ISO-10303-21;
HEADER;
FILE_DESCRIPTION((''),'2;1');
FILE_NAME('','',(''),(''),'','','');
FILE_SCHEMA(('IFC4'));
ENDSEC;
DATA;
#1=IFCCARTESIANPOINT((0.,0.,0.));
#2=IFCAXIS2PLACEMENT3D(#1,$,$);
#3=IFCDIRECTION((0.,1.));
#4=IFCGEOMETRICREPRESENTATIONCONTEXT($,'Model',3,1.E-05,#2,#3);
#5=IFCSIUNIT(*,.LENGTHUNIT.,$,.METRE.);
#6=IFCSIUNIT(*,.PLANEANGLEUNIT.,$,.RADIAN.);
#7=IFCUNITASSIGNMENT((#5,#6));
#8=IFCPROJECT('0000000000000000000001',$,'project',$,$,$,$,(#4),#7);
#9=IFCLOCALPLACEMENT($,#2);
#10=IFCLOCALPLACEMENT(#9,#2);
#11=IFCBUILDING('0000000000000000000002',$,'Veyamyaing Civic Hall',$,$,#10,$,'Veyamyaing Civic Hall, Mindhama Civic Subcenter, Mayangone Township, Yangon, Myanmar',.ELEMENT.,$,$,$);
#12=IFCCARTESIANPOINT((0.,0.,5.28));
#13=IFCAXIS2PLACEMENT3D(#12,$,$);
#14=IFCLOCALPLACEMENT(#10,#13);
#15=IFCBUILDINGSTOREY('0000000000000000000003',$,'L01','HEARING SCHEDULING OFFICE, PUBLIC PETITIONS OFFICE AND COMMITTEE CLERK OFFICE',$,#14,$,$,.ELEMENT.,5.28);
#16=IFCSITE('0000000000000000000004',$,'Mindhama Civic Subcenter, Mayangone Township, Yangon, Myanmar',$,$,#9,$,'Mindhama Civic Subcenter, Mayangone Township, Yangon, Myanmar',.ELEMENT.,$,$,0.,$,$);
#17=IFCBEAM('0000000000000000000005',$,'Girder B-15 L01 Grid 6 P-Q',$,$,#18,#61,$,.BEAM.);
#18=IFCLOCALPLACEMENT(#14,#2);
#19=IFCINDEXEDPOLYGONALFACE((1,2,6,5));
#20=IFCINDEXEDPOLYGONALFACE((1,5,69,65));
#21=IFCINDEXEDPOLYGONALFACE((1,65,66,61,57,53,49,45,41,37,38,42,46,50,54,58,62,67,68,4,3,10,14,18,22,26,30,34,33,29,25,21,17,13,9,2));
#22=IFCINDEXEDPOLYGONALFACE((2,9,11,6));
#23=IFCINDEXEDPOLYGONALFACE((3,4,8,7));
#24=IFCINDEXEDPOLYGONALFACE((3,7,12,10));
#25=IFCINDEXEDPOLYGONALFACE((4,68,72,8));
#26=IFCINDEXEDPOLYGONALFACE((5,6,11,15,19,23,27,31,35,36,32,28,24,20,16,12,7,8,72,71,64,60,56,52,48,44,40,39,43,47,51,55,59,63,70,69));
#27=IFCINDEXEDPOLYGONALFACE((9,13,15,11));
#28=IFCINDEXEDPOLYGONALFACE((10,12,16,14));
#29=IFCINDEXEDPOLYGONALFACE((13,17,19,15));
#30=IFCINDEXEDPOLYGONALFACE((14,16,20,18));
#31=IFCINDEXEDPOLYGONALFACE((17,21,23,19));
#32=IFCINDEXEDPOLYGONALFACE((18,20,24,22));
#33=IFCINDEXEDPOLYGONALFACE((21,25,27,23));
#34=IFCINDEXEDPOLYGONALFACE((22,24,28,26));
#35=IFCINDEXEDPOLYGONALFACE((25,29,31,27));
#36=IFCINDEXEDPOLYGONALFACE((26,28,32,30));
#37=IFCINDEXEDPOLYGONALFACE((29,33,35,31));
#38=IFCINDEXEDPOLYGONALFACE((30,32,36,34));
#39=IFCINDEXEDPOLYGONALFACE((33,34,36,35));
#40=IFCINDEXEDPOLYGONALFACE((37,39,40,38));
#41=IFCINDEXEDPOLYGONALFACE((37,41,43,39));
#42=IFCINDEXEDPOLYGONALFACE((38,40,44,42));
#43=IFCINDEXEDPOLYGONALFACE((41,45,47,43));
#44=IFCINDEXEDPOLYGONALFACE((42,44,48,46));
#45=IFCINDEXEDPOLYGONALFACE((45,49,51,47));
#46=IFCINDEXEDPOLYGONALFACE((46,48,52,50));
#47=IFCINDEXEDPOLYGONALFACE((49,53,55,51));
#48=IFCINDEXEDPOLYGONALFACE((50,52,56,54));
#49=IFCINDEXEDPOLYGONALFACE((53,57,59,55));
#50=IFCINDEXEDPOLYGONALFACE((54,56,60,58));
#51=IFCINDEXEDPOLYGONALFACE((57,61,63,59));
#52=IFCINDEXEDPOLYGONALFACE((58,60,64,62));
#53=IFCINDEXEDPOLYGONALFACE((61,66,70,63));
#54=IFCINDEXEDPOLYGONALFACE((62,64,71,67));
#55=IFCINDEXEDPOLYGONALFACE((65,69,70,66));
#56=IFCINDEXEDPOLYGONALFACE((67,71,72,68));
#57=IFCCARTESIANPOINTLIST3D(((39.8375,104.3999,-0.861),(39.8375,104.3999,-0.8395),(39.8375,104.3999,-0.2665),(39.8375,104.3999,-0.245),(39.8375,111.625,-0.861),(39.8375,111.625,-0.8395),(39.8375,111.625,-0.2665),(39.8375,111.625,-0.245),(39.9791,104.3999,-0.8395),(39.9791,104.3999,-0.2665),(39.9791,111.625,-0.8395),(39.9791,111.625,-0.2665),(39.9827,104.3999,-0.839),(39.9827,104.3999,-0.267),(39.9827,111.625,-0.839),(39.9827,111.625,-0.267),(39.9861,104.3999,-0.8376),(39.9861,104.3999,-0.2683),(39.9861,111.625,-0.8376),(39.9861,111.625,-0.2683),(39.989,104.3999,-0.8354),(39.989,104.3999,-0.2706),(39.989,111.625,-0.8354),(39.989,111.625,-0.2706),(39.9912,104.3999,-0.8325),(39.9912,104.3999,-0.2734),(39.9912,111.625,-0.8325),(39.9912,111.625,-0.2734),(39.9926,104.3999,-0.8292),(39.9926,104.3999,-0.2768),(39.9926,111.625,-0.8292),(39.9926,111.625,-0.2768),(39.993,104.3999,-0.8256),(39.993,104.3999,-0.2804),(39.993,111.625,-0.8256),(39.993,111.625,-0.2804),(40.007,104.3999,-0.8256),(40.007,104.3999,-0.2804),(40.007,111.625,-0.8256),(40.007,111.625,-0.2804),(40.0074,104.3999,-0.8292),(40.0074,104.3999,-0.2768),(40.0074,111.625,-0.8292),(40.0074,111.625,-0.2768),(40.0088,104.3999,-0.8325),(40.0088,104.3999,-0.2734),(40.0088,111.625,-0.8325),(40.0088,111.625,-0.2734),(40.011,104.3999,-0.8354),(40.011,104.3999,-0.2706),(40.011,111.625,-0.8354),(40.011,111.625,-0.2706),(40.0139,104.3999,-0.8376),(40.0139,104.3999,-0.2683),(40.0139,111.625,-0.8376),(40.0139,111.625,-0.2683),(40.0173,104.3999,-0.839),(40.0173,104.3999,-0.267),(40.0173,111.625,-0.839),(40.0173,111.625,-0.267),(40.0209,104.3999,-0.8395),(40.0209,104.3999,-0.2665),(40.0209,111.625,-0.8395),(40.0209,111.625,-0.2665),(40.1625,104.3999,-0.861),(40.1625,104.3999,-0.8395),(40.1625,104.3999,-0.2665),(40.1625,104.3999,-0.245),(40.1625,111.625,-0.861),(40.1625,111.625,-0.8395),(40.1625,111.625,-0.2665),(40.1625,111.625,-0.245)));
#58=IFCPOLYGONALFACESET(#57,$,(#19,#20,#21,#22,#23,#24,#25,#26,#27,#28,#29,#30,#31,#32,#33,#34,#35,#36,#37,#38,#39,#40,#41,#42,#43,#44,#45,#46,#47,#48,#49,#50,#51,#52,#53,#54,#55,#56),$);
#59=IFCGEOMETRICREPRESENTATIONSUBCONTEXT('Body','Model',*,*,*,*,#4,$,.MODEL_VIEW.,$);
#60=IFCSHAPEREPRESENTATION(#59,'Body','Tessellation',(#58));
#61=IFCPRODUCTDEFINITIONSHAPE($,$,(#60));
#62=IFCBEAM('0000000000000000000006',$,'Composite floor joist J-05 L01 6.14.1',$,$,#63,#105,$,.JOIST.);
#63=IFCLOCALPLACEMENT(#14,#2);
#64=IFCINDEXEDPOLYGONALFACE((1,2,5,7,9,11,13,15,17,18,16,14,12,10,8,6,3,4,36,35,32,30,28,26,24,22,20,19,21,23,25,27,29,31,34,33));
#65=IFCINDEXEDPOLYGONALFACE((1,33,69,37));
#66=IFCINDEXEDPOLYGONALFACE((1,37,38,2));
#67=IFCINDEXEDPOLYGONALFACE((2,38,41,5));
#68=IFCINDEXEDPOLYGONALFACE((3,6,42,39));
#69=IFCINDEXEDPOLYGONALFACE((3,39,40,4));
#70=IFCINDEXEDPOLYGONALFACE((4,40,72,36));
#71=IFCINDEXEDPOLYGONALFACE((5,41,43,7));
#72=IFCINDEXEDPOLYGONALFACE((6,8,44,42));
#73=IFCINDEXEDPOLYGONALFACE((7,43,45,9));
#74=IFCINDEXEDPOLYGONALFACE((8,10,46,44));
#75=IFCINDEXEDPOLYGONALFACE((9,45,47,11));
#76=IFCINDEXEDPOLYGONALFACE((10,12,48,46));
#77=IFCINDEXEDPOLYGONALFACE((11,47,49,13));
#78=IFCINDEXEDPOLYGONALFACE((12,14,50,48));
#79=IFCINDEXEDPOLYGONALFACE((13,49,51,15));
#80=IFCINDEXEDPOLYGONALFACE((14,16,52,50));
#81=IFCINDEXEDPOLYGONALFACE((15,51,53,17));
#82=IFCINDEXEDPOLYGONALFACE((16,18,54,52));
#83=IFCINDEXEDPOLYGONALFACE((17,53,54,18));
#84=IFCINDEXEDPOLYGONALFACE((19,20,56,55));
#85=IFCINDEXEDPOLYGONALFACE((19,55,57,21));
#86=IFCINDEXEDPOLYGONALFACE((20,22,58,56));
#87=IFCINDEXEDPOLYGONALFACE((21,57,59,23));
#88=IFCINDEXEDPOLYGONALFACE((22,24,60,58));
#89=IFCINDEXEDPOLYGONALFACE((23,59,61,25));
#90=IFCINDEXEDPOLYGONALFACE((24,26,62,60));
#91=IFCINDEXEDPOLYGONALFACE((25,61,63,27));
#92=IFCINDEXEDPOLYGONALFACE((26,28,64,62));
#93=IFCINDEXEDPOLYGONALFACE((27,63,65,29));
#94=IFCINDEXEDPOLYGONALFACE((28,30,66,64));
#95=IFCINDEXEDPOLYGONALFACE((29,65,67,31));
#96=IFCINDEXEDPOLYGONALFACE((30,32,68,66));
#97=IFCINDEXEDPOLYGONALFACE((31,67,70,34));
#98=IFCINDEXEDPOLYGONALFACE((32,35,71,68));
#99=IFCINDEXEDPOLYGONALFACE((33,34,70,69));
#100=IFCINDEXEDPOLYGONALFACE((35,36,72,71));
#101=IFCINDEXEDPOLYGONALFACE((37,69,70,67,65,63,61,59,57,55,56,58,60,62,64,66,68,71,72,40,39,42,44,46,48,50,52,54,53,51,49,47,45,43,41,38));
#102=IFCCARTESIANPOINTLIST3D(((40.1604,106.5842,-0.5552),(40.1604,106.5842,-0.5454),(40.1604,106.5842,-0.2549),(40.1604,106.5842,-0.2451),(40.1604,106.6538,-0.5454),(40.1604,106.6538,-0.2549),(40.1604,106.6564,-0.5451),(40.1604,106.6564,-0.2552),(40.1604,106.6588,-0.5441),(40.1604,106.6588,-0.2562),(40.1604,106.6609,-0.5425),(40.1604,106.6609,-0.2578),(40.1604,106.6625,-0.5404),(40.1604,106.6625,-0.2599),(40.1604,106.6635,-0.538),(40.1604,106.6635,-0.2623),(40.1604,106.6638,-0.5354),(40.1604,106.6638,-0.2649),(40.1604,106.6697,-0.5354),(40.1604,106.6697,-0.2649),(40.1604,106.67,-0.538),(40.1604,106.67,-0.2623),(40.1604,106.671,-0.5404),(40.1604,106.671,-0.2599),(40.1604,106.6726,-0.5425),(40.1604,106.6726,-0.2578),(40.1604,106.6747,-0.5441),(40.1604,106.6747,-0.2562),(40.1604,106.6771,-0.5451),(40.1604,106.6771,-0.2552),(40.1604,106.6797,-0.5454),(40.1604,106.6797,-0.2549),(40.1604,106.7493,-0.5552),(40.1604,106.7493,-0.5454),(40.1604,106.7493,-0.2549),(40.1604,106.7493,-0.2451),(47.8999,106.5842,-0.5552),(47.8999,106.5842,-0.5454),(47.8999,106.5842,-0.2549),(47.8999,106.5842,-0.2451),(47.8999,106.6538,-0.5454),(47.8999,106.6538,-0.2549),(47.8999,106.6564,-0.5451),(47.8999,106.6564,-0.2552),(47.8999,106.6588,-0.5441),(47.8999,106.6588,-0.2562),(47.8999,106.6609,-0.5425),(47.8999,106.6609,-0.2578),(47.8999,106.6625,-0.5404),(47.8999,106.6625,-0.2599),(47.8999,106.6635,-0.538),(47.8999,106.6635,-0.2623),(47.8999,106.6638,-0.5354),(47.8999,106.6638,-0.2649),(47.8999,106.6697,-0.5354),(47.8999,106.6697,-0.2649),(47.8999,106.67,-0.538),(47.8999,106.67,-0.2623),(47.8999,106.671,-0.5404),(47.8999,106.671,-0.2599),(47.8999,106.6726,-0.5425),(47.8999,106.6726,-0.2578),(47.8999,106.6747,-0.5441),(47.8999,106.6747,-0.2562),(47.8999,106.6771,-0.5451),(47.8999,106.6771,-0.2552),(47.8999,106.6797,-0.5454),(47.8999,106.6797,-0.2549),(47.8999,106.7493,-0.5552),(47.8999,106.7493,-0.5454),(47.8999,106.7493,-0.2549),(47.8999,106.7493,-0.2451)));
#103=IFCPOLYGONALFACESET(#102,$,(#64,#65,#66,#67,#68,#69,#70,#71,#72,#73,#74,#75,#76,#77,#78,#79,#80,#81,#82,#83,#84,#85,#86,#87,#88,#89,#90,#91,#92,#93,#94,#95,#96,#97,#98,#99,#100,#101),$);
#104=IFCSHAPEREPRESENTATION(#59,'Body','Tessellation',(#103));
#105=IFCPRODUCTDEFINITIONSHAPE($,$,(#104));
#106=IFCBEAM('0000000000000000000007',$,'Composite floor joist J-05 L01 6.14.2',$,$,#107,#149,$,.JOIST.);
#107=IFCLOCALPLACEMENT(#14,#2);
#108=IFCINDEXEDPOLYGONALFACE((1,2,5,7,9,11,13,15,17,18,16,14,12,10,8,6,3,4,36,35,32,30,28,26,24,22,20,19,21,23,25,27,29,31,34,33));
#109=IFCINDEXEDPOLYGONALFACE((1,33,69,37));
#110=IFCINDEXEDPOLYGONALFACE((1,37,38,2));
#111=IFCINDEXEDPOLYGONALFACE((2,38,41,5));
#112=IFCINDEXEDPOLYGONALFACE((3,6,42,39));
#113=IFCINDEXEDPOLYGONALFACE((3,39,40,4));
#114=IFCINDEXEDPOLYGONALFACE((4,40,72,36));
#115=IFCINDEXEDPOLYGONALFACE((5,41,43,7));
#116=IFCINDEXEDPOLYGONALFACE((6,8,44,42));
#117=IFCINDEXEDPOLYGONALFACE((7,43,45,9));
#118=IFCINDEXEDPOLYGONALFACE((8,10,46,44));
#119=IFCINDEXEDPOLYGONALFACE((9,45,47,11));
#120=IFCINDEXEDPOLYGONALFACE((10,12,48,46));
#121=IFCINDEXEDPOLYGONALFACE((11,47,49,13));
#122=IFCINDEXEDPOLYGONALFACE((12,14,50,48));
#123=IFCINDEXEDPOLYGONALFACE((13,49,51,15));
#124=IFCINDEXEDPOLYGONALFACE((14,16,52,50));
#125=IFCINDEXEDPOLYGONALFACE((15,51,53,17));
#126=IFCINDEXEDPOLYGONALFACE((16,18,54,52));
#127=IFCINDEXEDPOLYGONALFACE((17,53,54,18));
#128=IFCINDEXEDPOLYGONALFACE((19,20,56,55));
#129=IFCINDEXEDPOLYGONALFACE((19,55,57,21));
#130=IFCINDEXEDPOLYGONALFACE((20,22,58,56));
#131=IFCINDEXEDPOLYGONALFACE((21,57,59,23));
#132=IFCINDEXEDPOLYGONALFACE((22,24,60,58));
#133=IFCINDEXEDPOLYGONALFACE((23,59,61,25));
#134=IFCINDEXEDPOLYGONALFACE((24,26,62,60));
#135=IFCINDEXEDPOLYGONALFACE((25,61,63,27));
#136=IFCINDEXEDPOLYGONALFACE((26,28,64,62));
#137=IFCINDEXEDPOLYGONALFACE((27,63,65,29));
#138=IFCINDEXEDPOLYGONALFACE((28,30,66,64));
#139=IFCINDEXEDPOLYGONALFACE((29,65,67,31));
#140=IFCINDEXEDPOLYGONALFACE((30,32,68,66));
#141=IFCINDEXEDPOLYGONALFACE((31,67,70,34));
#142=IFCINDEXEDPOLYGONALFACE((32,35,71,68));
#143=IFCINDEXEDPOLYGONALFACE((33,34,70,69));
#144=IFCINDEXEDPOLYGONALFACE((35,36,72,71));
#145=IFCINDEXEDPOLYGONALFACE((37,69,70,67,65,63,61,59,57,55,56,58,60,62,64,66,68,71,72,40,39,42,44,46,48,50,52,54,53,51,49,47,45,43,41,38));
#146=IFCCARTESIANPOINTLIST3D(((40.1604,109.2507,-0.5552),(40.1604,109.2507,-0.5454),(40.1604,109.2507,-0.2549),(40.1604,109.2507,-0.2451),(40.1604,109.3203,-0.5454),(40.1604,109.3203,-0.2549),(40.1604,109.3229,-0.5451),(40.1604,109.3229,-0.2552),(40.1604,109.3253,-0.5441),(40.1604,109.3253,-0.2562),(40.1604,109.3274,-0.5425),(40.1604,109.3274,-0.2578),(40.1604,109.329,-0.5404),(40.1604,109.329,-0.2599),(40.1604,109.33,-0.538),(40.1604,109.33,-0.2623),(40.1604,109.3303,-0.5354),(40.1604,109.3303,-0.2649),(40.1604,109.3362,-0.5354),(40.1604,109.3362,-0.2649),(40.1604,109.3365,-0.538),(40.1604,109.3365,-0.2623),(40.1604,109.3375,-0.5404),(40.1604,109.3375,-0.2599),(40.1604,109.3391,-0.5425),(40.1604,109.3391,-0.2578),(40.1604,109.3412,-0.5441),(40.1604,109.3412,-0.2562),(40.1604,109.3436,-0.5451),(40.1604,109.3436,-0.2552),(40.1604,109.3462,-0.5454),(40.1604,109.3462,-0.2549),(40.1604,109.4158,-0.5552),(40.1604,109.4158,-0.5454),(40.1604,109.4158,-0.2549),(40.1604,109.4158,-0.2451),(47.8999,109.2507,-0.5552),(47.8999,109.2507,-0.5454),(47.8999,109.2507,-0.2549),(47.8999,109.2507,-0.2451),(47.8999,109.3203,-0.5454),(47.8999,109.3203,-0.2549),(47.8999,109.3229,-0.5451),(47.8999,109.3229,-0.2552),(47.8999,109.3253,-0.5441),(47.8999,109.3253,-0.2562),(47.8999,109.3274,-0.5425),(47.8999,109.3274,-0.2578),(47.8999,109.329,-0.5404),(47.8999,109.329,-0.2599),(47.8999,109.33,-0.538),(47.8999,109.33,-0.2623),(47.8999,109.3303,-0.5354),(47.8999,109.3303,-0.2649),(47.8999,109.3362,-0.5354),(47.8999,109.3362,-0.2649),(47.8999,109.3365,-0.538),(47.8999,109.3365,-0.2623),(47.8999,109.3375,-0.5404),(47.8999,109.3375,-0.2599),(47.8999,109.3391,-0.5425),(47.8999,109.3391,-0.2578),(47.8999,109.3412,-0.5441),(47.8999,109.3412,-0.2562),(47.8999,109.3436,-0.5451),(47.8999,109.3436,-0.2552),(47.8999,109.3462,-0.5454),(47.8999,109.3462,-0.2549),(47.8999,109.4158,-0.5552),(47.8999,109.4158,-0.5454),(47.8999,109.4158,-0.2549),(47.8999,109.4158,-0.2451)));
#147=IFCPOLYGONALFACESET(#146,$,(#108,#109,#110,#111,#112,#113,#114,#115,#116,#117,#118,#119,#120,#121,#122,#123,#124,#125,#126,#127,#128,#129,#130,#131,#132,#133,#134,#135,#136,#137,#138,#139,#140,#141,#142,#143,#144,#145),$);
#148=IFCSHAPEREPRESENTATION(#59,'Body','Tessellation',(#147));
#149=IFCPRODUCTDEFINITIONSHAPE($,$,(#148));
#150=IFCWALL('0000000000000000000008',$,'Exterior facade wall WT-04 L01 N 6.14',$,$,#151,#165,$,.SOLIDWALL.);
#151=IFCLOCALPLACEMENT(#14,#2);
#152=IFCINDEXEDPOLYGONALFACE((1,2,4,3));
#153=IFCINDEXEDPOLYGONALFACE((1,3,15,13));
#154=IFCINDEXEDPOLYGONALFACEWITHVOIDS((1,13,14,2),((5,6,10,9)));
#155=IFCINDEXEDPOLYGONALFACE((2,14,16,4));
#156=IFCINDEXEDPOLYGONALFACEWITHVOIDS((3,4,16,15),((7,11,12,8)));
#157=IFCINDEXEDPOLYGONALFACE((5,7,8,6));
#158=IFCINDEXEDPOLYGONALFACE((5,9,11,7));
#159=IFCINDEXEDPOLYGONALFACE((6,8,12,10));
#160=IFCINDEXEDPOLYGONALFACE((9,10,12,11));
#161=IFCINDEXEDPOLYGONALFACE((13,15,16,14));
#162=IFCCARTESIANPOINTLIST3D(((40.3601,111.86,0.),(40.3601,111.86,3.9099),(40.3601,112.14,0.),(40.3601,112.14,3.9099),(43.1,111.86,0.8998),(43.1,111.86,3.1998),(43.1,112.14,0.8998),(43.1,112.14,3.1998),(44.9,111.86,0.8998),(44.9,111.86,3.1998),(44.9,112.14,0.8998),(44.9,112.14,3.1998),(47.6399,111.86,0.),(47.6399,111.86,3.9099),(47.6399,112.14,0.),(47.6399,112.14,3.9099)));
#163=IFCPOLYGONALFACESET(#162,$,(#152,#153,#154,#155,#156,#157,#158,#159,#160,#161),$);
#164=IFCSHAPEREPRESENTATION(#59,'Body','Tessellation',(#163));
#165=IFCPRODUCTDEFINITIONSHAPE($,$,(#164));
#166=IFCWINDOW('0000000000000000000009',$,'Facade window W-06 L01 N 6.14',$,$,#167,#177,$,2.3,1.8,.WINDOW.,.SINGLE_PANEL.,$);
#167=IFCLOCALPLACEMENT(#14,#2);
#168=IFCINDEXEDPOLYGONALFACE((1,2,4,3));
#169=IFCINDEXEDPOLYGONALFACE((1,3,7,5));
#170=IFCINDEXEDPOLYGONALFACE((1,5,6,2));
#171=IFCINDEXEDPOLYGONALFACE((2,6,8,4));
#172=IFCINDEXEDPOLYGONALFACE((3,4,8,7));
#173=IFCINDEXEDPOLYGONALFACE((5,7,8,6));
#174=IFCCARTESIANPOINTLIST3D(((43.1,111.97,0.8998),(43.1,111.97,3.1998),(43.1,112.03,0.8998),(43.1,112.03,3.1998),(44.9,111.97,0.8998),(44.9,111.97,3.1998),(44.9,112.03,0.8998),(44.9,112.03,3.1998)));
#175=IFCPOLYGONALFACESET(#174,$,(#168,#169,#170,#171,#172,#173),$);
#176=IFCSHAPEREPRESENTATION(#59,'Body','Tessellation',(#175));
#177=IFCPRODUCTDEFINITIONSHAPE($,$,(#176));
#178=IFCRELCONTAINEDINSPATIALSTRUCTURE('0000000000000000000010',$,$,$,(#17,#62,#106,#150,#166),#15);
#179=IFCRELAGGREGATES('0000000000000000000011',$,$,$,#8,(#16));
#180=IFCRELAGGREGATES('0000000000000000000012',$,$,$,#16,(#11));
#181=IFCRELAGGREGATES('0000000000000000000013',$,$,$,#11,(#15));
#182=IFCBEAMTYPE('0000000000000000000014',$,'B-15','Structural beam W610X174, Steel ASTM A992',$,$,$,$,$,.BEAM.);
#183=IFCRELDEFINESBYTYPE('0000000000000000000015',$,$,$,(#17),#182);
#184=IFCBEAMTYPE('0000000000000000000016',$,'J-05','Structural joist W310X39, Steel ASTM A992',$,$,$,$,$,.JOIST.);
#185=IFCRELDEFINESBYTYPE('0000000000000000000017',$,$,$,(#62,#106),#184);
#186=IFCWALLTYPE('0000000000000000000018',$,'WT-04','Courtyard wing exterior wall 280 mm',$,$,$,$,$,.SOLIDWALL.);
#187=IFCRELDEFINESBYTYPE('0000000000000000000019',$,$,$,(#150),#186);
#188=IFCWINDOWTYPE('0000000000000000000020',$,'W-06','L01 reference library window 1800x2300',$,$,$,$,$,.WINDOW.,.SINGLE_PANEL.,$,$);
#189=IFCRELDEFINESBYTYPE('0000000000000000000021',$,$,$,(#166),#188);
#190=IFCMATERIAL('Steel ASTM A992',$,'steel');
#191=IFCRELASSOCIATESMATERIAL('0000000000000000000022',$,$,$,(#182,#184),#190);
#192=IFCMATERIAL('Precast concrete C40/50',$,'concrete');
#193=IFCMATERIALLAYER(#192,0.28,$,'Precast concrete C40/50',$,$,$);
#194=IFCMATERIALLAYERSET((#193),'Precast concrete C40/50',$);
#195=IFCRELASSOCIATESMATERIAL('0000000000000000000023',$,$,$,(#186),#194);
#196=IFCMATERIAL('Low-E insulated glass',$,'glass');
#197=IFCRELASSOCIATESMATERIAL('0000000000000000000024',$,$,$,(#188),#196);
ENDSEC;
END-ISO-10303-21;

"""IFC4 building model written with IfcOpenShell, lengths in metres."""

from ifc_helpers import new_model, si_unit, direction, frame, frame_2d, origin, origin_2d, place, context, subcontext, project, spatial, rectangle, i_section, extrude, material, layer, layer_set, material_profile, profile_set, type_object, element, fill, save


model = new_model("IFC4")

# Units and contexts
model_context = context("Model", 3, precision=1e-05, world=origin(), true_north=direction((0.0, 1.0)))
body_context = subcontext(model_context, "Body", "Model", "MODEL_VIEW")
ifc_project = project(units=[si_unit("LENGTHUNIT", "METRE"), si_unit("PLANEANGLEUNIT", "RADIAN")], contexts=[model_context])

# Site, building, storey
site_placement = place(None, origin())
site = spatial("IfcSite", under=ifc_project, at=site_placement, Name="Mindhama Civic Subcenter, Mayangone Township, Yangon, Myanmar", LongName="Mindhama Civic Subcenter, Mayangone Township, Yangon, Myanmar", CompositionType="ELEMENT", RefElevation=0.0)
building_placement = place(site_placement, origin())
building = spatial("IfcBuilding", under=site, at=building_placement, Name="Veyamyaing Civic Hall", LongName="Veyamyaing Civic Hall, Mindhama Civic Subcenter, Mayangone Township, Yangon, Myanmar", CompositionType="ELEMENT")
storey_placement = place(building_placement, frame((0.0, 0.0, 5.28)))
storey = spatial("IfcBuildingStorey", under=building, at=storey_placement, Name="L01", Description="HEARING SCHEDULING OFFICE, PUBLIC PETITIONS OFFICE AND COMMITTEE CLERK OFFICE", CompositionType="ELEMENT", Elevation=5.28)

# Beams
ifc_material_1 = material(Name="Steel ASTM A992", Category="steel")
ifc_material_profile_1 = material_profile(ifc_material_1, i_section(OverallWidth=0.325, OverallDepth=0.616, WebThickness=0.0139, FlangeThickness=0.0215, FilletRadius=0.0139, at=origin_2d()), Name="W610X174")
ifc_profile_set_1 = profile_set([ifc_material_profile_1], Name="Steel ASTM A992")
beam_type_1 = type_object("IfcBeamType", Name="B-15", Description="Structural beam W610X174, Steel ASTM A992", PredefinedType="BEAM", material=ifc_profile_set_1)
beam_1_placement = place(storey_placement, frame((40.0, 104.3999, -0.553), z_axis=(0.0, 1.0, 0.0), x_axis=(-1.0, 0.0, 0.0)))
element("IfcBeam", 1, at=beam_1_placement, inside=storey, type_object=beam_type_1, Name="Girder B-15 L01 Grid 6 P-Q", PredefinedType="BEAM", context=body_context, shape_type="SweptSolid", body=[
    extrude(i_section(OverallWidth=0.325, OverallDepth=0.616, WebThickness=0.0139, FlangeThickness=0.0215, FilletRadius=0.0139, at=origin_2d()), origin(), (0.0, 0.0, 1.0), 7.2251),
])
ifc_material_profile_2 = material_profile(ifc_material_1, i_section(OverallWidth=0.165, OverallDepth=0.3101, WebThickness=0.0059, FlangeThickness=0.0098, FilletRadius=0.01, at=origin_2d()), Name="W310X39")
ifc_profile_set_2 = profile_set([ifc_material_profile_2], Name="Steel ASTM A992")
beam_type_2 = type_object("IfcBeamType", Name="J-05", Description="Structural joist W310X39, Steel ASTM A992", PredefinedType="JOIST", material=ifc_profile_set_2)
for number, where, z_axis, x_axis, name in (
    (2, (40.1604, 106.6667, -0.4001), (1.0, 0.0, 0.0), (0.0, 1.0, 0.0), "Composite floor joist J-05 L01 6.14.1"),
    (3, (40.1604, 109.3333, -0.4001), (1.0, 0.0, 0.0), (0.0, 1.0, 0.0), "Composite floor joist J-05 L01 6.14.2"),
):
    element("IfcBeam", number, at=place(storey_placement, frame(where, z_axis=z_axis, x_axis=x_axis)), inside=storey, type_object=beam_type_2, Name=name, PredefinedType="JOIST", context=body_context, shape_type="SweptSolid", body=[
        extrude(i_section(OverallWidth=0.165, OverallDepth=0.3101, WebThickness=0.0059, FlangeThickness=0.0098, FilletRadius=0.01, at=origin_2d()), origin(), (0.0, 0.0, 1.0), 7.7395),
    ])

# Wall, opening, window
ifc_material_2 = material(Name="Precast concrete C40/50", Category="concrete")
ifc_layer_1 = layer(ifc_material_2, 0.28, Name="Precast concrete C40/50")
ifc_layer_set_1 = layer_set([ifc_layer_1], Name="Precast concrete C40/50")
wall_type_1 = type_object("IfcWallType", Name="WT-04", Description="Courtyard wing exterior wall 280 mm", PredefinedType="SOLIDWALL", material=ifc_layer_set_1)
wall_1_placement = place(storey_placement, frame((40.3601, 112.0, 0.0), z_axis=(0.0, 0.0, 1.0), x_axis=(1.0, 0.0, 0.0)))
wall_1 = element("IfcWall", 4, at=wall_1_placement, inside=storey, type_object=wall_type_1, Name="Exterior facade wall WT-04 L01 N 6.14", PredefinedType="SOLIDWALL", context=body_context, shape_type="SweptSolid", body=[
    extrude(rectangle(XDim=7.2798, YDim=0.28, at=frame_2d((3.6399, 0.0))), origin(), (0.0, 0.0, 1.0), 3.9099),
])
opening_1_placement = place(wall_1_placement, frame((2.74, 0.0, 0.8999)))
opening_1 = element("IfcOpeningElement", 5, at=opening_1_placement, cuts=wall_1, PredefinedType="OPENING", context=body_context, shape_type="SweptSolid", body=[
    extrude(rectangle(XDim=1.8, YDim=2.3, at=frame_2d((0.8999, 1.1499))), frame((0.0, 0.1499, 0.0), z_axis=(0.0, -1.0, 0.0), x_axis=(1.0, 0.0, 0.0)), (0.0, 0.0, 1.0), 0.3),
])
ifc_material_3 = material(Name="Low-E insulated glass", Category="glass")
window_type = type_object("IfcWindowType", Name="W-06", Description="L01 reference library window 1800x2300", PartitioningType="SINGLE_PANEL", PredefinedType="WINDOW", material=ifc_material_3)
window_placement = place(opening_1_placement, origin())
window = element("IfcWindow", 6, at=window_placement, inside=storey, type_object=window_type, Name="Facade window W-06 L01 N 6.14", OverallHeight=2.3, OverallWidth=1.8, PartitioningType="SINGLE_PANEL", PredefinedType="WINDOW", context=body_context, shape_type="SweptSolid", body=[
    extrude(rectangle(XDim=1.8, YDim=2.3, at=frame_2d((0.8999, 1.1499))), frame((0.0, 0.03, 0.0), z_axis=(0.0, -1.0, 0.0), x_axis=(1.0, 0.0, 0.0)), (0.0, 0.0, 1.0), 0.0601),
])
fill(opening_1, window)

save(model, "model.ifc")
